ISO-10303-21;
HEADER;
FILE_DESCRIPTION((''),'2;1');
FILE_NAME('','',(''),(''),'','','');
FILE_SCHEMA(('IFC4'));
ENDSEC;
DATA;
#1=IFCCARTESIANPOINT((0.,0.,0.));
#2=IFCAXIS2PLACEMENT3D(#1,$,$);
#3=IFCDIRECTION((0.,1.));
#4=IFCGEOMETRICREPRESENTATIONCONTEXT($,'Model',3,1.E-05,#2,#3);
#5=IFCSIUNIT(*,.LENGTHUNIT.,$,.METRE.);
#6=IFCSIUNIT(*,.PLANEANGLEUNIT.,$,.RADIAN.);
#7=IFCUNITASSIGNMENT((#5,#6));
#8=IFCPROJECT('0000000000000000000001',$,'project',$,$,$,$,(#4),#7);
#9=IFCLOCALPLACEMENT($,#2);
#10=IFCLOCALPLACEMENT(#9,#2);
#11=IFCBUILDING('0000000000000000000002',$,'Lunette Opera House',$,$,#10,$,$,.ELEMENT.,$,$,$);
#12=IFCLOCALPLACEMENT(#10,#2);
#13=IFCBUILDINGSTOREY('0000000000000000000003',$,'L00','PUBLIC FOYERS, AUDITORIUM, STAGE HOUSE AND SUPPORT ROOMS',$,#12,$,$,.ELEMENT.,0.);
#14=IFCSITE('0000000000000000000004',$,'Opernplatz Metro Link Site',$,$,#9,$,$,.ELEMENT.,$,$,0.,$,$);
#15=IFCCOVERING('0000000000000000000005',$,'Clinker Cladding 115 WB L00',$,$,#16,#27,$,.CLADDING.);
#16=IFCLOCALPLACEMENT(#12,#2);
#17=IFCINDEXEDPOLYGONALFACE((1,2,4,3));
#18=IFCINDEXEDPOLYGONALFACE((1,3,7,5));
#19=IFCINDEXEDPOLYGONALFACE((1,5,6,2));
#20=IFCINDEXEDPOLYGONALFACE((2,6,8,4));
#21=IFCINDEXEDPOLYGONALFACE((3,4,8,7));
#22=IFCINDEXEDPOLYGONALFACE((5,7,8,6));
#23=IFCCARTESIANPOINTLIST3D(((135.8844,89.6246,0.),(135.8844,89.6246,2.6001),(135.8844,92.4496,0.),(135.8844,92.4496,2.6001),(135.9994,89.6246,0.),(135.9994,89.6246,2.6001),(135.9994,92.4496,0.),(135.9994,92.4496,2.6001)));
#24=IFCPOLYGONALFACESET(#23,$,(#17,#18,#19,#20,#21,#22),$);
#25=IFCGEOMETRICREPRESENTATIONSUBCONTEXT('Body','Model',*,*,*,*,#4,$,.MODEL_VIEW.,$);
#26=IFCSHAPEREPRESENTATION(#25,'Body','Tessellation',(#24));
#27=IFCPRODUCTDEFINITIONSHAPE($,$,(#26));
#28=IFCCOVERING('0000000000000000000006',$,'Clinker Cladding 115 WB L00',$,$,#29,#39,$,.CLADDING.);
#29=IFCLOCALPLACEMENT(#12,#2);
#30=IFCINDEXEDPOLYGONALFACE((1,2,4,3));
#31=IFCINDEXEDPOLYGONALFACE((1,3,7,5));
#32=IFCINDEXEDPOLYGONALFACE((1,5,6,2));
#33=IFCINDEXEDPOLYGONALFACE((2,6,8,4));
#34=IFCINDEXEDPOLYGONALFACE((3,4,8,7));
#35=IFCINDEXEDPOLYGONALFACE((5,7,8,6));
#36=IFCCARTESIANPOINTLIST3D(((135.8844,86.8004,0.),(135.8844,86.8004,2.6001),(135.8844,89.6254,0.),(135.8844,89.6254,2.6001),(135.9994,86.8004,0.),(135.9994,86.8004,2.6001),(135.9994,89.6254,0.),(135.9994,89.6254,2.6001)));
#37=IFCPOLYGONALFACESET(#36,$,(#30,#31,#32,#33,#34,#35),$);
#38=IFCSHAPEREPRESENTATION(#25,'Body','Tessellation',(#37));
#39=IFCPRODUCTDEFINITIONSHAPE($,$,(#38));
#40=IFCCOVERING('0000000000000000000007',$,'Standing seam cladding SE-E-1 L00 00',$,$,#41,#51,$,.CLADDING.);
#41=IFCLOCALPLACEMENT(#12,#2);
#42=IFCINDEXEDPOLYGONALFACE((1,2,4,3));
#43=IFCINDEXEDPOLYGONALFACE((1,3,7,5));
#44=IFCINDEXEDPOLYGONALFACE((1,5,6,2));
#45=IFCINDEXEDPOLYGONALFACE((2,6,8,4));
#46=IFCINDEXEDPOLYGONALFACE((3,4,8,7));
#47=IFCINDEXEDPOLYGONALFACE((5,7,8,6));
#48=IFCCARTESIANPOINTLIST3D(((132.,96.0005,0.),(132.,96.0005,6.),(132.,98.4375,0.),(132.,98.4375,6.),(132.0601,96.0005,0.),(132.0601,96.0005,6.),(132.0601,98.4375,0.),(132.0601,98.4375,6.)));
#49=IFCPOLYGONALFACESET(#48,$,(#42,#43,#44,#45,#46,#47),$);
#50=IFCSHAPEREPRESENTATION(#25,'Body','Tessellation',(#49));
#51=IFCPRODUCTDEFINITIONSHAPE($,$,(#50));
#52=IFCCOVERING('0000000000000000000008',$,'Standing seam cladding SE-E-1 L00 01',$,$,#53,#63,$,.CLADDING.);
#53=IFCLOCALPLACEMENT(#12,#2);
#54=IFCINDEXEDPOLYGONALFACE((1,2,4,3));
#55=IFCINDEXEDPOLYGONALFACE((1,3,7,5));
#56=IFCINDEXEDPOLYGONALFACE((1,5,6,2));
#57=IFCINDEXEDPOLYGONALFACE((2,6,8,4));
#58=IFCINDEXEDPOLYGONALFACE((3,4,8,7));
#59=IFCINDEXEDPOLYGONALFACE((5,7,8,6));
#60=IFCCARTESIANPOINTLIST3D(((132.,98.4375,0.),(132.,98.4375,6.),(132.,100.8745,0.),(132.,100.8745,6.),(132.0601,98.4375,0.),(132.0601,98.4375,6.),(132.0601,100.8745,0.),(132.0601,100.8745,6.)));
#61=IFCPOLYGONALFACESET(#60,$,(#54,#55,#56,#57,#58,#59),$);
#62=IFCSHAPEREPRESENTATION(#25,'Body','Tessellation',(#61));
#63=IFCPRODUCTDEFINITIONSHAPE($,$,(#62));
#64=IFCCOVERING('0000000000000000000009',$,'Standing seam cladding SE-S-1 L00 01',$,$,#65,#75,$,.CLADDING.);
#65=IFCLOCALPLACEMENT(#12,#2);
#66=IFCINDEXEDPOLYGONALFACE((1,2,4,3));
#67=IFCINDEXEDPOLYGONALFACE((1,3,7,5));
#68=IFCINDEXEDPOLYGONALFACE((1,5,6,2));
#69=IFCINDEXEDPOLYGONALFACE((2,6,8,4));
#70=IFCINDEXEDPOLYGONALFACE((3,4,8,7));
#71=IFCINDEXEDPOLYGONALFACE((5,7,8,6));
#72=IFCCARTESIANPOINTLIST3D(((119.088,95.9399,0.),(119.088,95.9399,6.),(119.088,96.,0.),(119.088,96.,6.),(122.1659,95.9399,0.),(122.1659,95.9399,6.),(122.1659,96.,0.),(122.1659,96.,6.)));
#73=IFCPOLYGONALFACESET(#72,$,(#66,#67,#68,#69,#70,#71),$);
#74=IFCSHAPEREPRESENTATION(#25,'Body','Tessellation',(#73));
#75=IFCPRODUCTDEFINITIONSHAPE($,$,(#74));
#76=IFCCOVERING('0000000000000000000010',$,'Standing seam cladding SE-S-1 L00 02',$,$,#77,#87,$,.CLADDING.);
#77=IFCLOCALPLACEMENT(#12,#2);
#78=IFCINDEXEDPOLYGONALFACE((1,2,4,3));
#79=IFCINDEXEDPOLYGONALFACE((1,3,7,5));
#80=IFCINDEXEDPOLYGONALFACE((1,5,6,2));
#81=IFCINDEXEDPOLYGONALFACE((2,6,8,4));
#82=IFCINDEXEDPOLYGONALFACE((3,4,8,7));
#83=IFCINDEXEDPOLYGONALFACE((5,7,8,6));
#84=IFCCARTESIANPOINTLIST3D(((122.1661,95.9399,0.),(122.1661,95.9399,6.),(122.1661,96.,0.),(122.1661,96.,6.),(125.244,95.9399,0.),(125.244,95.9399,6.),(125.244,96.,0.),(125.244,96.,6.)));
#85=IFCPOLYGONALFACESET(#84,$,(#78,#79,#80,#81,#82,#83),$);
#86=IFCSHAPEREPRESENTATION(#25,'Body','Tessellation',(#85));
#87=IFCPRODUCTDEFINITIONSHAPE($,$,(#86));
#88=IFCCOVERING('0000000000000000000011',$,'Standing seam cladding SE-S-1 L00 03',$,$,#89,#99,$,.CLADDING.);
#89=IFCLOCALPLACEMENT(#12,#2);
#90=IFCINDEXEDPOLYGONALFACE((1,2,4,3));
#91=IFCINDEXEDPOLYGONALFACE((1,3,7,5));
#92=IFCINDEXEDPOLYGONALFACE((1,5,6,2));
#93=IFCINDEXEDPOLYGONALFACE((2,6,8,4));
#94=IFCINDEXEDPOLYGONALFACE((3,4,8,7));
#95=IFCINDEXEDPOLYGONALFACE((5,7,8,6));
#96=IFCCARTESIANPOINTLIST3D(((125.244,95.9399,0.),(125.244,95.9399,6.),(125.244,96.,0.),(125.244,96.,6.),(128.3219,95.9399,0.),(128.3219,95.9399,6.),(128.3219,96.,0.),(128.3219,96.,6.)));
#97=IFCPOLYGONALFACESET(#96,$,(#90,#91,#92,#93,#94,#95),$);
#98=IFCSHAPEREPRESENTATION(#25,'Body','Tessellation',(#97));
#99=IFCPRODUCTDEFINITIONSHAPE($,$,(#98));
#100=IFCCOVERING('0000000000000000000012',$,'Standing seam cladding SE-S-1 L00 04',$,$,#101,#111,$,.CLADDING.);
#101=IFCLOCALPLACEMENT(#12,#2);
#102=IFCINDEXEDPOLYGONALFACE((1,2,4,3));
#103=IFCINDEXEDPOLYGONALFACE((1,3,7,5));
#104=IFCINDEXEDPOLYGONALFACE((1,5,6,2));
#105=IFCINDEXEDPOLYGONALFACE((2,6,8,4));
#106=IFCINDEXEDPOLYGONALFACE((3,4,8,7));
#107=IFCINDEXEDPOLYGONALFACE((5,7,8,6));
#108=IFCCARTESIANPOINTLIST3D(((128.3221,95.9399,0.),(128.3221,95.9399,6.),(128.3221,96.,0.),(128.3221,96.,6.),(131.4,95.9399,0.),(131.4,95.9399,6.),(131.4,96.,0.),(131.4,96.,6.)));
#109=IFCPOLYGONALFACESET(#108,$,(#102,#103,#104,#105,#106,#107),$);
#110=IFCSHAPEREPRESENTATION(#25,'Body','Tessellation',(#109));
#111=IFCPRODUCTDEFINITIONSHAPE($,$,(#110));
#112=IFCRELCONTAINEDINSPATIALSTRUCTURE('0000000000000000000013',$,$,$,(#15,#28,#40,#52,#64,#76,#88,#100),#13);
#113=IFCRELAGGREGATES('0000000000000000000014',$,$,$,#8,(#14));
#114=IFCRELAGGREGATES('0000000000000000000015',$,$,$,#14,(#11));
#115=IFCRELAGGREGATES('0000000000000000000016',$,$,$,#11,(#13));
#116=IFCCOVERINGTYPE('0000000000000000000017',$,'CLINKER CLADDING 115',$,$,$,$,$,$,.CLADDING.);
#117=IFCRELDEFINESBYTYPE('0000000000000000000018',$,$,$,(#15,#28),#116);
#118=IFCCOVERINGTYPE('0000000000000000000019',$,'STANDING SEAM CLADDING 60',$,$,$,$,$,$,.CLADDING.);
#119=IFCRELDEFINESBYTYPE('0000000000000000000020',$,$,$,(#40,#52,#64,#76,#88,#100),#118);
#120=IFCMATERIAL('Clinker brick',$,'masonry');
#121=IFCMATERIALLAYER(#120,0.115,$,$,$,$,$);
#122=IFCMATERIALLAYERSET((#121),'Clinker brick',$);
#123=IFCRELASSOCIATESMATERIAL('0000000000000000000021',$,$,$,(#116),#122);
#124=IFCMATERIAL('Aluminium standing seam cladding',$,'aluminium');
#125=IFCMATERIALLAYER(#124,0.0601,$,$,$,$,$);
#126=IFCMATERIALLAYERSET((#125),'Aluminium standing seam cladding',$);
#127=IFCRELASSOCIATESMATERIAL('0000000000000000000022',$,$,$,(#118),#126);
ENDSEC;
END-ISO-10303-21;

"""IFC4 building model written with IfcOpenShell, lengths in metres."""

from ifc_helpers import new_model, si_unit, direction, frame, origin, origin_2d, place, context, subcontext, project, spatial, rectangle, extrude, material, layer, layer_set, type_object, element, save


model = new_model("IFC4")

# Units and contexts
model_context = context("Model", 3, precision=1e-05, world=origin(), true_north=direction((0.0, 1.0)))
body_context = subcontext(model_context, "Body", "Model", "MODEL_VIEW")
ifc_project = project(units=[si_unit("LENGTHUNIT", "METRE"), si_unit("PLANEANGLEUNIT", "RADIAN")], contexts=[model_context])

# Site, building, storey
site_placement = place(None, origin())
site = spatial("IfcSite", under=ifc_project, at=site_placement, Name="Opernplatz Metro Link Site", CompositionType="ELEMENT", RefElevation=0.0)
building_placement = place(site_placement, origin())
building = spatial("IfcBuilding", under=site, at=building_placement, Name="Lunette Opera House", CompositionType="ELEMENT")
storey_placement = place(building_placement, origin())
storey = spatial("IfcBuildingStorey", under=building, at=storey_placement, Name="L00", Description="PUBLIC FOYERS, AUDITORIUM, STAGE HOUSE AND SUPPORT ROOMS", CompositionType="ELEMENT", Elevation=0.0)

# Coverings
ifc_material_1 = material(Name="Clinker brick", Category="masonry")
ifc_layer_1 = layer(ifc_material_1, 0.115)
ifc_layer_set_1 = layer_set([ifc_layer_1], Name="Clinker brick")
covering_type_1 = type_object("IfcCoveringType", Name="CLINKER CLADDING 115", PredefinedType="CLADDING", material=ifc_layer_set_1)
for number, where, z_axis, x_axis, name in (
    (1, (135.9419, 91.0371, 0.0), (0.0, 0.0, 1.0), (0.0, -1.0, 0.0), "Clinker Cladding 115 WB L00"),
    (2, (135.9419, 88.2129, 0.0), (0.0, 0.0, 1.0), (0.0, -1.0, 0.0), "Clinker Cladding 115 WB L00"),
):
    element("IfcCovering", number, at=place(storey_placement, frame(where, z_axis=z_axis, x_axis=x_axis)), inside=storey, type_object=covering_type_1, Name=name, PredefinedType="CLADDING", context=body_context, shape_type="SweptSolid", body=[
        extrude(rectangle(XDim=2.825, YDim=0.115, at=origin_2d()), origin(), (0.0, 0.0, 1.0), 2.6001),
    ])
ifc_material_2 = material(Name="Aluminium standing seam cladding", Category="aluminium")
ifc_layer_2 = layer(ifc_material_2, 0.0601)
ifc_layer_set_2 = layer_set([ifc_layer_2], Name="Aluminium standing seam cladding")
covering_type_2 = type_object("IfcCoveringType", Name="STANDING SEAM CLADDING 60", PredefinedType="CLADDING", material=ifc_layer_set_2)
for number, where, z_axis, x_axis, name in (
    (3, (132.03, 97.219, 0.0), (0.0, 0.0, 1.0), (0.0, 1.0, 0.0), "Standing seam cladding SE-E-1 L00 00"),
    (4, (132.03, 99.656, 0.0), (0.0, 0.0, 1.0), (0.0, 1.0, 0.0), "Standing seam cladding SE-E-1 L00 01"),
):
    element("IfcCovering", number, at=place(storey_placement, frame(where, z_axis=z_axis, x_axis=x_axis)), inside=storey, type_object=covering_type_2, Name=name, PredefinedType="CLADDING", context=body_context, shape_type="SweptSolid", body=[
        extrude(rectangle(XDim=2.437, YDim=0.0601, at=origin_2d()), origin(), (0.0, 0.0, 1.0), 6.0),
    ])
for number, where, z_axis, x_axis, name in (
    (5, (120.627, 95.97, 0.0), (0.0, 0.0, 1.0), (1.0, 0.0, 0.0), "Standing seam cladding SE-S-1 L00 01"),
    (6, (123.7051, 95.97, 0.0), (0.0, 0.0, 1.0), (1.0, 0.0, 0.0), "Standing seam cladding SE-S-1 L00 02"),
    (7, (126.783, 95.97, 0.0), (0.0, 0.0, 1.0), (1.0, 0.0, 0.0), "Standing seam cladding SE-S-1 L00 03"),
    (8, (129.8611, 95.97, 0.0), (0.0, 0.0, 1.0), (1.0, 0.0, 0.0), "Standing seam cladding SE-S-1 L00 04"),
):
    element("IfcCovering", number, at=place(storey_placement, frame(where, z_axis=z_axis, x_axis=x_axis)), inside=storey, type_object=covering_type_2, Name=name, PredefinedType="CLADDING", context=body_context, shape_type="SweptSolid", body=[
        extrude(rectangle(XDim=3.0779, YDim=0.0601, at=origin_2d()), origin(), (0.0, 0.0, 1.0), 6.0),
    ])

save(model, "model.ifc")
